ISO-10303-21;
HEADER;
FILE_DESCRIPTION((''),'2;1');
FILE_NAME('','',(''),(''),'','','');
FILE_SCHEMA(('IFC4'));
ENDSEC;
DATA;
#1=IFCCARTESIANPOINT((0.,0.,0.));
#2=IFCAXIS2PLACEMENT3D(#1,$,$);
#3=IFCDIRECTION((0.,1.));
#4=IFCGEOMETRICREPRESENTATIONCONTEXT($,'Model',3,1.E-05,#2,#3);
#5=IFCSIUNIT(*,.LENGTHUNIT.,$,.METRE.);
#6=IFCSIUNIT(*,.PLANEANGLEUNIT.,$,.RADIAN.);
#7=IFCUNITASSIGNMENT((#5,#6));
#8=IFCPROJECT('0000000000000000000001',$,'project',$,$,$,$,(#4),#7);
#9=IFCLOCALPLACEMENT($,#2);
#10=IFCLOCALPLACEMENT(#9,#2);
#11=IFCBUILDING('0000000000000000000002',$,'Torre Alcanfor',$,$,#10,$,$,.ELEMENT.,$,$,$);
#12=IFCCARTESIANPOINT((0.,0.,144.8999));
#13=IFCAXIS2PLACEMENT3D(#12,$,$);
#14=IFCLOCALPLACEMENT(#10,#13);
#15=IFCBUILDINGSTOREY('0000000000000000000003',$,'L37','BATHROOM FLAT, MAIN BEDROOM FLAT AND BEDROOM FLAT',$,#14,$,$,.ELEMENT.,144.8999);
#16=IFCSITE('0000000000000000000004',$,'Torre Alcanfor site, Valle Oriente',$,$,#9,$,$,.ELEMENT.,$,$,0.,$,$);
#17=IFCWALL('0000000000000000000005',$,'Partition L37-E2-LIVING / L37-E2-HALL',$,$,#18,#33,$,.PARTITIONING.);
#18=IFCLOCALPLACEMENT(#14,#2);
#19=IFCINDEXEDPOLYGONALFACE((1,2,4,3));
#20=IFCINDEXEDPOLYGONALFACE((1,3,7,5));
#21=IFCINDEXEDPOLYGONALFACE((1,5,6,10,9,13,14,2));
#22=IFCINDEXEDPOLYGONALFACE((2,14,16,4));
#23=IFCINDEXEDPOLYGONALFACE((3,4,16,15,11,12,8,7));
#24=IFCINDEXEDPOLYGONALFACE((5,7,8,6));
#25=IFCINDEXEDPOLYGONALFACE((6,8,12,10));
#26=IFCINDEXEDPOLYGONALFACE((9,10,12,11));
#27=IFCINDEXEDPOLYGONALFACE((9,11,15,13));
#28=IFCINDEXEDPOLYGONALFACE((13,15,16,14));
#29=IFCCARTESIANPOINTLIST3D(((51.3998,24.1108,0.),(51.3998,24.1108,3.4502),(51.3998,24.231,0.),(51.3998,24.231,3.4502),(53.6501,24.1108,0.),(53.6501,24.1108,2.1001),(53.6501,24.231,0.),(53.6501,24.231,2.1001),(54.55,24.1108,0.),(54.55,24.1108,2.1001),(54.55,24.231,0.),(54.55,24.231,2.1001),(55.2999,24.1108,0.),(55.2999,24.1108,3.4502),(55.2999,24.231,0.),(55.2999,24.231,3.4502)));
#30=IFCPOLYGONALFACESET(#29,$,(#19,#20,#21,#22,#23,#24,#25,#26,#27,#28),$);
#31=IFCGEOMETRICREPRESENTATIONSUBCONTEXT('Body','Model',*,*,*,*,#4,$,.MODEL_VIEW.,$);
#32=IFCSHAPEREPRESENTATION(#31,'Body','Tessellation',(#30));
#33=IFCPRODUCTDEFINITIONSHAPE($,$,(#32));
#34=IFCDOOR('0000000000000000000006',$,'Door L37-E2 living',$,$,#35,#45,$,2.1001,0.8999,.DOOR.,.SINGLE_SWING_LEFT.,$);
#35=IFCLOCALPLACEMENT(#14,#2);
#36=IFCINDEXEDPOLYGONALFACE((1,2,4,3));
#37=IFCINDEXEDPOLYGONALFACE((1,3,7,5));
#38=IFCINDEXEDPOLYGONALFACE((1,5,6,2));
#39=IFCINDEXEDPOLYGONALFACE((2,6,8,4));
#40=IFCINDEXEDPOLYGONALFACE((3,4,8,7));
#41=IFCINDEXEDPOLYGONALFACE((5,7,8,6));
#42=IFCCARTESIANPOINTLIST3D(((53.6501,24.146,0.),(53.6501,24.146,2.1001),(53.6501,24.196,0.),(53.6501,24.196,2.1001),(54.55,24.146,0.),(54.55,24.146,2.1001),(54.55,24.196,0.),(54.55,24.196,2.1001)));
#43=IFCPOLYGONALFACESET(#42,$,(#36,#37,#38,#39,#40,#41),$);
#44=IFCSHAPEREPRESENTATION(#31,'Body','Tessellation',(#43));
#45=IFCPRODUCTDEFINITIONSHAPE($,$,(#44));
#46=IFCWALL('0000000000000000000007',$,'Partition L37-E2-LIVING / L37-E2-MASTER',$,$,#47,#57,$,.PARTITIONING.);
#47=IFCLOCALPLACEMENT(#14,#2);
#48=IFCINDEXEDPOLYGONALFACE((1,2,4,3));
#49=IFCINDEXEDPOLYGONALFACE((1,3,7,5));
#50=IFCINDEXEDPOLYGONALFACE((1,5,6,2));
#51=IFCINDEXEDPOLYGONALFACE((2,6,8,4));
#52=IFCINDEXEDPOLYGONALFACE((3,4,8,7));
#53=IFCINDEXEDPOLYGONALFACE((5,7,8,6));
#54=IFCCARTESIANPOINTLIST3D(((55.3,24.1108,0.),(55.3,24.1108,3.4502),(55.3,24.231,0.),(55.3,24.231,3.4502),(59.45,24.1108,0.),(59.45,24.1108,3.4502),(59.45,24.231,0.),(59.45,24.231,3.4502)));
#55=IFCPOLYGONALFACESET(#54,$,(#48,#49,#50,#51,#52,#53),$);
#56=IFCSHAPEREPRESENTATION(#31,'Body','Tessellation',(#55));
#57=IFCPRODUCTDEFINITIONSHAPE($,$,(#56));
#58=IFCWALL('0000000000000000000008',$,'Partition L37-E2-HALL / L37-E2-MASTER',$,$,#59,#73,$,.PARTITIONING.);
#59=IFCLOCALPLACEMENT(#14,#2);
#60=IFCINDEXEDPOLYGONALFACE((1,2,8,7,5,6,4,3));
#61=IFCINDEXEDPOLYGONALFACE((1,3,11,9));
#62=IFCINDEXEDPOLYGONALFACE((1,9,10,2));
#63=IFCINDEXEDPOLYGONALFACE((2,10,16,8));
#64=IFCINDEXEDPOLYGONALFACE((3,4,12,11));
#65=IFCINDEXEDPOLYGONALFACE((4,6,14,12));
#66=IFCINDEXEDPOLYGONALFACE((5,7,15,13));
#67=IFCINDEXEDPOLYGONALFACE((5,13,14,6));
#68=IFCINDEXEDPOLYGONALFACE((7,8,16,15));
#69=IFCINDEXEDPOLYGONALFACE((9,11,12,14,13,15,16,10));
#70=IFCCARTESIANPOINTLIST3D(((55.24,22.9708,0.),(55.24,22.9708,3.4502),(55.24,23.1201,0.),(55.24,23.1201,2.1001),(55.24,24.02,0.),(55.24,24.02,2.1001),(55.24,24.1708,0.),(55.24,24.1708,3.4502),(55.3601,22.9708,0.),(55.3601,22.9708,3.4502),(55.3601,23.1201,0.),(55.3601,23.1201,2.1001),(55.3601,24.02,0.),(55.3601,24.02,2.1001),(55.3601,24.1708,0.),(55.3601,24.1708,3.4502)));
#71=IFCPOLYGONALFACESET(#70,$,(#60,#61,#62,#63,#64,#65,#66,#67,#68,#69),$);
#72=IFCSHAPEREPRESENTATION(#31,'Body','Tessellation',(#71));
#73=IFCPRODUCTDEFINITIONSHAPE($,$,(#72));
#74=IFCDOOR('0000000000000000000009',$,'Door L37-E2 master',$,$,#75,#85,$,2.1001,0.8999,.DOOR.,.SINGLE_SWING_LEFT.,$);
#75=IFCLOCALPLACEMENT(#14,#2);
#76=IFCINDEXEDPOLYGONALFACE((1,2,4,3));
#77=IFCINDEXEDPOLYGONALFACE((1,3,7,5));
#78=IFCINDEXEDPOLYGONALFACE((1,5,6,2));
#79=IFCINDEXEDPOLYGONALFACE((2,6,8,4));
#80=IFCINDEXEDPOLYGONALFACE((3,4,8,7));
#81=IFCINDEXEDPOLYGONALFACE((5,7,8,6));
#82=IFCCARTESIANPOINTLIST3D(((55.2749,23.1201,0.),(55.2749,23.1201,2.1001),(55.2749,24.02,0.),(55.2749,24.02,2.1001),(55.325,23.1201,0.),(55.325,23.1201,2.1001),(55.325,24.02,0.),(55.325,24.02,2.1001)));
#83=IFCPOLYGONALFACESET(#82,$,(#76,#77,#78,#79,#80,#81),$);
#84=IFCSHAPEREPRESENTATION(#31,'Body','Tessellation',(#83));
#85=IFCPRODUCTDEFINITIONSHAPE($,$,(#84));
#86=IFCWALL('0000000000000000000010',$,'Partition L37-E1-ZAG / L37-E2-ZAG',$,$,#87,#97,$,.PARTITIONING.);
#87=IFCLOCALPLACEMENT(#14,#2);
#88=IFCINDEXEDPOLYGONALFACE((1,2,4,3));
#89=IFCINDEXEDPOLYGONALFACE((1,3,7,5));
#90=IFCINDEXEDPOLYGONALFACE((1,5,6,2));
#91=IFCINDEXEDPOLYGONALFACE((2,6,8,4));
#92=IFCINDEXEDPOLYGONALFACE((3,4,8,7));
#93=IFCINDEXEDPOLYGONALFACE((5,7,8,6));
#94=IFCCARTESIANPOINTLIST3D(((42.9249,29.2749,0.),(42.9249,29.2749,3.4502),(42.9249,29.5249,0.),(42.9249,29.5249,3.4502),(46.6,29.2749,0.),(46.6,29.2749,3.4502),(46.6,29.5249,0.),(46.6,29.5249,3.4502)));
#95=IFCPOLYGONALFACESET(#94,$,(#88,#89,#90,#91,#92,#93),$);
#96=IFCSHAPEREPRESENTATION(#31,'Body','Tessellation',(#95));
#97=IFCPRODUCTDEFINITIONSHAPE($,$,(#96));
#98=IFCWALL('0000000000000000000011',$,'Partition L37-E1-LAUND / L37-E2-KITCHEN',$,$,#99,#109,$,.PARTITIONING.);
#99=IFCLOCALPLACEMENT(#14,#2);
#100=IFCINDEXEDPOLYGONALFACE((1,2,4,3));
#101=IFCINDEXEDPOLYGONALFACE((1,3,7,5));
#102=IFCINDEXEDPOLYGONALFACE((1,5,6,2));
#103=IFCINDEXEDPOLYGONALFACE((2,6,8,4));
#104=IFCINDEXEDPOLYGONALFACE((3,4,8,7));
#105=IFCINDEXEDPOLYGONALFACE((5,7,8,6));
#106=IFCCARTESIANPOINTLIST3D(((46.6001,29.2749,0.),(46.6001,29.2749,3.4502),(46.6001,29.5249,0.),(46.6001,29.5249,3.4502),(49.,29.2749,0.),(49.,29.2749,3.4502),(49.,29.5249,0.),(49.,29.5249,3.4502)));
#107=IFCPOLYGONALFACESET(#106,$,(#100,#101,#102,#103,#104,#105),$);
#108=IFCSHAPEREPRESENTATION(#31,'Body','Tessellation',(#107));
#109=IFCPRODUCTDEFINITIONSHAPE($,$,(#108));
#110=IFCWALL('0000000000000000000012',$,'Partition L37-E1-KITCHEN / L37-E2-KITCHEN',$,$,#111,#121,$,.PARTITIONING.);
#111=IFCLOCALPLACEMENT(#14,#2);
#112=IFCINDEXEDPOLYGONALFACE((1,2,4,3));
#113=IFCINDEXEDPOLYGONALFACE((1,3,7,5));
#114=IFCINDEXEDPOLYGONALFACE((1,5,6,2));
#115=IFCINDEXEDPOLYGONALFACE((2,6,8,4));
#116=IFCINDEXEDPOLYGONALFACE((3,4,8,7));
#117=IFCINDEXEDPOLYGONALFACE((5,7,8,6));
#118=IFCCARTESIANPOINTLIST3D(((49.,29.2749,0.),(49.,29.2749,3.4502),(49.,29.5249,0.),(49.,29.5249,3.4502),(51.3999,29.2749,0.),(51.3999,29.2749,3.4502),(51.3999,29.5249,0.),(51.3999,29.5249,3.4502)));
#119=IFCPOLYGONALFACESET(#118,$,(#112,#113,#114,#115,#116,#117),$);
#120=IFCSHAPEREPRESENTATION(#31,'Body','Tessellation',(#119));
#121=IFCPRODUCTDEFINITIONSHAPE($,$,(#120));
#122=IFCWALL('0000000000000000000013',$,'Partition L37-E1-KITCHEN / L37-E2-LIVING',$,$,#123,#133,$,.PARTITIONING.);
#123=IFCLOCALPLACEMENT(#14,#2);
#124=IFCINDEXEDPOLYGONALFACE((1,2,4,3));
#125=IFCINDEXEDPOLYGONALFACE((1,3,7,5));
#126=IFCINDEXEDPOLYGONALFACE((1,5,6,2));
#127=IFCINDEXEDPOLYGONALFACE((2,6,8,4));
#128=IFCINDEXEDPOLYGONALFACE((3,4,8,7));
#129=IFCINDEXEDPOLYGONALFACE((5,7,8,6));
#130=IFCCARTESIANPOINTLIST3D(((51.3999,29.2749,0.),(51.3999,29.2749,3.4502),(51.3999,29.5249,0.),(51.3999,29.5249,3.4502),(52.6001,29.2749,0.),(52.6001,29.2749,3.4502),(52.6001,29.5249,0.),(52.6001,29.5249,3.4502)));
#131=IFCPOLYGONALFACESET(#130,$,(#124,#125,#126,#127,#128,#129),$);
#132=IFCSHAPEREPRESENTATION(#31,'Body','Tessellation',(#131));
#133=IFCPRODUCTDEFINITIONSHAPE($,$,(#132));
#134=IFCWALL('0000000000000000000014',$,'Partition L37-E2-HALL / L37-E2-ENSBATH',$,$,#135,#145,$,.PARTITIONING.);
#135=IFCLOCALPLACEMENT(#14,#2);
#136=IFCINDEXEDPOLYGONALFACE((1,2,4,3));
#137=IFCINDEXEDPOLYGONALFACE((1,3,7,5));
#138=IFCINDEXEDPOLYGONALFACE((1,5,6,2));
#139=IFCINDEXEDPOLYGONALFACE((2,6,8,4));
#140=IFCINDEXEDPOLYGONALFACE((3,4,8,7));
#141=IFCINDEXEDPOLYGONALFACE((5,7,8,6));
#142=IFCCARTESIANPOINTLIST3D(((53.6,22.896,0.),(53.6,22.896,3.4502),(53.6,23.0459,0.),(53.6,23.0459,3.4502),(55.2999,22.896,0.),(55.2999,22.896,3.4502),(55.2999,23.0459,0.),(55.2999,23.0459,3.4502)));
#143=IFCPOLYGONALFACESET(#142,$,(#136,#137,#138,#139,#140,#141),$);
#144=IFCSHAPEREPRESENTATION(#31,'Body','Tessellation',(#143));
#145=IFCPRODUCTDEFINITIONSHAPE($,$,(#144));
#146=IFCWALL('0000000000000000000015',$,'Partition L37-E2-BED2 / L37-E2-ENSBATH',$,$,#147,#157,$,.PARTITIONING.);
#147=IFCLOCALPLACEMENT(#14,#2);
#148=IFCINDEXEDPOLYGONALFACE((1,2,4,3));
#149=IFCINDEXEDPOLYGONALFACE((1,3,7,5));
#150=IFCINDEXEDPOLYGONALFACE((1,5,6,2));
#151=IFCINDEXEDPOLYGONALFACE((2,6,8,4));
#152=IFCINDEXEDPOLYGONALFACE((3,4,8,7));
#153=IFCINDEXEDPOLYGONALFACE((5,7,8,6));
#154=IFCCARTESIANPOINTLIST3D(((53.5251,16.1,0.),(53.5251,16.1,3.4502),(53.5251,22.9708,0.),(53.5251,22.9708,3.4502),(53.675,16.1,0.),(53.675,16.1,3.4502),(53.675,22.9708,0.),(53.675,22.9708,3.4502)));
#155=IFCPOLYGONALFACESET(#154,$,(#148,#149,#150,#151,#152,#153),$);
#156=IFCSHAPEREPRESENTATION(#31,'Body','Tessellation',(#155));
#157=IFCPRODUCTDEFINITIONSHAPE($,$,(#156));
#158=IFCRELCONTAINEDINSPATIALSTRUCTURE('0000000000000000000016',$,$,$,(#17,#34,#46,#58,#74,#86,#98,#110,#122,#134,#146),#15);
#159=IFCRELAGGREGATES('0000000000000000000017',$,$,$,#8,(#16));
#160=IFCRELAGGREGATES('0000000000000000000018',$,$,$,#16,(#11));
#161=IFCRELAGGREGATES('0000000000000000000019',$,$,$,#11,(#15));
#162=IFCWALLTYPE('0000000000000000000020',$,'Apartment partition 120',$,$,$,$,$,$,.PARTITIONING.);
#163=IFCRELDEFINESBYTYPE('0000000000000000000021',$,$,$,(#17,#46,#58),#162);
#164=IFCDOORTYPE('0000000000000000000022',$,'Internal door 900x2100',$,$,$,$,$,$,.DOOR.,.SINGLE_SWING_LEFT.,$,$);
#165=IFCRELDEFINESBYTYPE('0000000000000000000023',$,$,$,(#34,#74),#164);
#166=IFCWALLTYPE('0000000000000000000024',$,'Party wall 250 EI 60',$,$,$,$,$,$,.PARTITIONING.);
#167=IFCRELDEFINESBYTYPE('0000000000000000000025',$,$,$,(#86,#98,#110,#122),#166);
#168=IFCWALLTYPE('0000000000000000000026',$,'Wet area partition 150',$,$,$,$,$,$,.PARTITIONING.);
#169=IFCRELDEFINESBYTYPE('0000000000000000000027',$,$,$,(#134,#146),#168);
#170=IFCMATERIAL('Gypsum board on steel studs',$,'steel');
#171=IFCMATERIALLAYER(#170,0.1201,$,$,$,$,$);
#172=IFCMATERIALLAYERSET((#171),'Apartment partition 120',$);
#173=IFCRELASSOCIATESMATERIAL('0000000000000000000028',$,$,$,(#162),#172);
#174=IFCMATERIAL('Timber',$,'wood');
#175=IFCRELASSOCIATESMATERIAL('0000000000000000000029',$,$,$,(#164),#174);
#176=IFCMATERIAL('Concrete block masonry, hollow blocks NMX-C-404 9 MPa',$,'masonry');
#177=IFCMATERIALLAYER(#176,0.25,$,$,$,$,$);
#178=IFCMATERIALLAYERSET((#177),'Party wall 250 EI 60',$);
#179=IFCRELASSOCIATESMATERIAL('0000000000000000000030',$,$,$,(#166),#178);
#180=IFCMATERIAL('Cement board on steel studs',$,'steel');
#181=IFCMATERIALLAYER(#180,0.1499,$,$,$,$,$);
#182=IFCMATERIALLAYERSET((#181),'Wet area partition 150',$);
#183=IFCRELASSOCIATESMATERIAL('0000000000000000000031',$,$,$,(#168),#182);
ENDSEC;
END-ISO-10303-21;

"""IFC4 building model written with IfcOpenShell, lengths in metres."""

from ifc_helpers import new_model, si_unit, direction, frame, frame_2d, origin, place, context, subcontext, project, spatial, rectangle, extrude, material, layer, layer_set, type_object, element, fill, save


model = new_model("IFC4")

# Units and contexts
model_context = context("Model", 3, precision=1e-05, world=origin(), true_north=direction((0.0, 1.0)))
body_context = subcontext(model_context, "Body", "Model", "MODEL_VIEW")
ifc_project = project(units=[si_unit("LENGTHUNIT", "METRE"), si_unit("PLANEANGLEUNIT", "RADIAN")], contexts=[model_context])

# Site, building, storey
site_placement = place(None, origin())
site = spatial("IfcSite", under=ifc_project, at=site_placement, Name="Torre Alcanfor site, Valle Oriente", CompositionType="ELEMENT", RefElevation=0.0)
building_placement = place(site_placement, origin())
building = spatial("IfcBuilding", under=site, at=building_placement, Name="Torre Alcanfor", CompositionType="ELEMENT")
storey_placement = place(building_placement, frame((0.0, 0.0, 144.8999)))
storey = spatial("IfcBuildingStorey", under=building, at=storey_placement, Name="L37", Description="BATHROOM FLAT, MAIN BEDROOM FLAT AND BEDROOM FLAT", CompositionType="ELEMENT", Elevation=144.8999)

# Shared definitions
ifc_material_1 = material(Name="Gypsum board on steel studs", Category="steel")
ifc_layer_1 = layer(ifc_material_1, 0.1201)
ifc_layer_set_1 = layer_set([ifc_layer_1], Name="Apartment partition 120")
wall_type_1 = type_object("IfcWallType", Name="Apartment partition 120", PredefinedType="PARTITIONING", material=ifc_layer_set_1)

# Shared definitions
ifc_material_2 = material(Name="Timber", Category="wood")
door_type_1 = type_object("IfcDoorType", Name="Internal door 900x2100", OperationType="SINGLE_SWING_LEFT", PredefinedType="DOOR", material=ifc_material_2)

# Wall, opening, door
wall_1_placement = place(storey_placement, frame((55.3, 24.1709, 0.0), z_axis=(0.0, 0.0, 1.0), x_axis=(-1.0, 0.0, 0.0)))
wall_1 = element("IfcWall", 1, at=wall_1_placement, inside=storey, type_object=wall_type_1, Name="Partition L37-E2-LIVING / L37-E2-HALL", PredefinedType="PARTITIONING", context=body_context, shape_type="SweptSolid", body=[
    extrude(rectangle(XDim=3.9001, YDim=0.1201, at=frame_2d((1.9502, 0.0))), origin(), (0.0, 0.0, 1.0), 3.4502),
])
opening_1_placement = place(wall_1_placement, frame((0.75, 0.0, 0.0)))
opening_1 = element("IfcOpeningElement", 2, at=opening_1_placement, cuts=wall_1, PredefinedType="OPENING", context=body_context, shape_type="SweptSolid", body=[
    extrude(rectangle(XDim=0.8999, YDim=2.1001, at=frame_2d((0.45, 1.05))), frame((0.0, 0.0701, 0.0), z_axis=(0.0, -1.0, 0.0), x_axis=(1.0, 0.0, 0.0)), (0.0, 0.0, 1.0), 0.1401),
])
door_1_placement = place(opening_1_placement, frame((0.8999, 0.0, 0.0), z_axis=(0.0, 0.0, 1.0), x_axis=(-1.0, 0.0, 0.0)))
door_1 = element("IfcDoor", 3, at=door_1_placement, inside=storey, type_object=door_type_1, Name="Door L37-E2 living", OperationType="SINGLE_SWING_LEFT", OverallHeight=2.1001, OverallWidth=0.8999, PredefinedType="DOOR", context=body_context, shape_type="SweptSolid", body=[
    extrude(rectangle(XDim=0.8999, YDim=2.1001, at=frame_2d((0.45, 1.05))), frame((0.0, 0.0251, 0.0), z_axis=(0.0, -1.0, 0.0), x_axis=(1.0, 0.0, 0.0)), (0.0, 0.0, 1.0), 0.05),
])
fill(opening_1, door_1)

# Wall
wall_2_placement = place(storey_placement, frame((59.45, 24.1709, 0.0), z_axis=(0.0, 0.0, 1.0), x_axis=(-1.0, 0.0, 0.0)))
element("IfcWall", 4, at=wall_2_placement, inside=storey, type_object=wall_type_1, Name="Partition L37-E2-LIVING / L37-E2-MASTER", PredefinedType="PARTITIONING", context=body_context, shape_type="SweptSolid", body=[
    extrude(rectangle(XDim=4.1499, YDim=0.1201, at=frame_2d((2.075, 0.0))), origin(), (0.0, 0.0, 1.0), 3.4502),
])

# Wall, opening, door
wall_3_placement = place(storey_placement, frame((55.3, 24.1709, 0.0), z_axis=(0.0, 0.0, 1.0), x_axis=(0.0, -1.0, 0.0)))
wall_3 = element("IfcWall", 5, at=wall_3_placement, inside=storey, type_object=wall_type_1, Name="Partition L37-E2-HALL / L37-E2-MASTER", PredefinedType="PARTITIONING", context=body_context, shape_type="SweptSolid", body=[
    extrude(rectangle(XDim=1.2, YDim=0.1201, at=frame_2d((0.6001, 0.0))), origin(), (0.0, 0.0, 1.0), 3.4502),
])
opening_2_placement = place(wall_3_placement, frame((0.1509, 0.0, 0.0)))
opening_2 = element("IfcOpeningElement", 6, at=opening_2_placement, cuts=wall_3, PredefinedType="OPENING", context=body_context, shape_type="SweptSolid", body=[
    extrude(rectangle(XDim=0.8999, YDim=2.1001, at=frame_2d((0.45, 1.05))), frame((0.0, 0.0701, 0.0), z_axis=(0.0, -1.0, 0.0), x_axis=(1.0, 0.0, 0.0)), (0.0, 0.0, 1.0), 0.1401),
])
door_2_placement = place(opening_2_placement, origin())
door_2 = element("IfcDoor", 7, at=door_2_placement, inside=storey, type_object=door_type_1, Name="Door L37-E2 master", OperationType="SINGLE_SWING_LEFT", OverallHeight=2.1001, OverallWidth=0.8999, PredefinedType="DOOR", context=body_context, shape_type="SweptSolid", body=[
    extrude(rectangle(XDim=0.8999, YDim=2.1001, at=frame_2d((0.45, 1.05))), frame((0.0, 0.0249, 0.0), z_axis=(0.0, -1.0, 0.0), x_axis=(1.0, 0.0, 0.0)), (0.0, 0.0, 1.0), 0.05),
])
fill(opening_2, door_2)

# Walls
ifc_material_3 = material(Name="Concrete block masonry, hollow blocks NMX-C-404 9 MPa", Category="masonry")
ifc_layer_2 = layer(ifc_material_3, 0.25)
ifc_layer_set_2 = layer_set([ifc_layer_2], Name="Party wall 250 EI 60")
wall_type_2 = type_object("IfcWallType", Name="Party wall 250 EI 60", PredefinedType="PARTITIONING", material=ifc_layer_set_2)
wall_4_placement = place(storey_placement, frame((42.925, 29.3999, 0.0), z_axis=(0.0, 0.0, 1.0), x_axis=(1.0, 0.0, 0.0)))
element("IfcWall", 8, at=wall_4_placement, inside=storey, type_object=wall_type_2, Name="Partition L37-E1-ZAG / L37-E2-ZAG", PredefinedType="PARTITIONING", context=body_context, shape_type="SweptSolid", body=[
    extrude(rectangle(XDim=3.675, YDim=0.25, at=frame_2d((1.8374, 0.0))), origin(), (0.0, 0.0, 1.0), 3.4502),
])
for number, where, z_axis, x_axis, name in (
    (9, (46.6001, 29.3999, 0.0), (0.0, 0.0, 1.0), (1.0, 0.0, 0.0), "Partition L37-E1-LAUND / L37-E2-KITCHEN"),
    (10, (49.0, 29.3999, 0.0), (0.0, 0.0, 1.0), (1.0, 0.0, 0.0), "Partition L37-E1-KITCHEN / L37-E2-KITCHEN"),
):
    element("IfcWall", number, at=place(storey_placement, frame(where, z_axis=z_axis, x_axis=x_axis)), inside=storey, type_object=wall_type_2, Name=name, PredefinedType="PARTITIONING", context=body_context, shape_type="SweptSolid", body=[
        extrude(rectangle(XDim=2.3999, YDim=0.25, at=frame_2d((1.2, 0.0))), origin(), (0.0, 0.0, 1.0), 3.4502),
    ])
wall_5_placement = place(storey_placement, frame((51.3999, 29.3999, 0.0), z_axis=(0.0, 0.0, 1.0), x_axis=(1.0, 0.0, 0.0)))
element("IfcWall", 11, at=wall_5_placement, inside=storey, type_object=wall_type_2, Name="Partition L37-E1-KITCHEN / L37-E2-LIVING", PredefinedType="PARTITIONING", context=body_context, shape_type="SweptSolid", body=[
    extrude(rectangle(XDim=1.2002, YDim=0.25, at=frame_2d((0.6001, 0.0))), origin(), (0.0, 0.0, 1.0), 3.4502),
])
ifc_material_4 = material(Name="Cement board on steel studs", Category="steel")
ifc_layer_3 = layer(ifc_material_4, 0.1499)
ifc_layer_set_3 = layer_set([ifc_layer_3], Name="Wet area partition 150")
wall_type_3 = type_object("IfcWallType", Name="Wet area partition 150", PredefinedType="PARTITIONING", material=ifc_layer_set_3)
wall_6_placement = place(storey_placement, frame((55.3, 22.9709, 0.0), z_axis=(0.0, 0.0, 1.0), x_axis=(-1.0, 0.0, 0.0)))
element("IfcWall", 12, at=wall_6_placement, inside=storey, type_object=wall_type_3, Name="Partition L37-E2-HALL / L37-E2-ENSBATH", PredefinedType="PARTITIONING", context=body_context, shape_type="SweptSolid", body=[
    extrude(rectangle(XDim=1.7, YDim=0.1499, at=frame_2d((0.8501, 0.0))), origin(), (0.0, 0.0, 1.0), 3.4502),
])
wall_7_placement = place(storey_placement, frame((53.6001, 22.9709, 0.0), z_axis=(0.0, 0.0, 1.0), x_axis=(0.0, -1.0, 0.0)))
element("IfcWall", 13, at=wall_7_placement, inside=storey, type_object=wall_type_3, Name="Partition L37-E2-BED2 / L37-E2-ENSBATH", PredefinedType="PARTITIONING", context=body_context, shape_type="SweptSolid", body=[
    extrude(rectangle(XDim=6.8708, YDim=0.1499, at=frame_2d((3.4355, 0.0))), origin(), (0.0, 0.0, 1.0), 3.4502),
])

save(model, "model.ifc")
